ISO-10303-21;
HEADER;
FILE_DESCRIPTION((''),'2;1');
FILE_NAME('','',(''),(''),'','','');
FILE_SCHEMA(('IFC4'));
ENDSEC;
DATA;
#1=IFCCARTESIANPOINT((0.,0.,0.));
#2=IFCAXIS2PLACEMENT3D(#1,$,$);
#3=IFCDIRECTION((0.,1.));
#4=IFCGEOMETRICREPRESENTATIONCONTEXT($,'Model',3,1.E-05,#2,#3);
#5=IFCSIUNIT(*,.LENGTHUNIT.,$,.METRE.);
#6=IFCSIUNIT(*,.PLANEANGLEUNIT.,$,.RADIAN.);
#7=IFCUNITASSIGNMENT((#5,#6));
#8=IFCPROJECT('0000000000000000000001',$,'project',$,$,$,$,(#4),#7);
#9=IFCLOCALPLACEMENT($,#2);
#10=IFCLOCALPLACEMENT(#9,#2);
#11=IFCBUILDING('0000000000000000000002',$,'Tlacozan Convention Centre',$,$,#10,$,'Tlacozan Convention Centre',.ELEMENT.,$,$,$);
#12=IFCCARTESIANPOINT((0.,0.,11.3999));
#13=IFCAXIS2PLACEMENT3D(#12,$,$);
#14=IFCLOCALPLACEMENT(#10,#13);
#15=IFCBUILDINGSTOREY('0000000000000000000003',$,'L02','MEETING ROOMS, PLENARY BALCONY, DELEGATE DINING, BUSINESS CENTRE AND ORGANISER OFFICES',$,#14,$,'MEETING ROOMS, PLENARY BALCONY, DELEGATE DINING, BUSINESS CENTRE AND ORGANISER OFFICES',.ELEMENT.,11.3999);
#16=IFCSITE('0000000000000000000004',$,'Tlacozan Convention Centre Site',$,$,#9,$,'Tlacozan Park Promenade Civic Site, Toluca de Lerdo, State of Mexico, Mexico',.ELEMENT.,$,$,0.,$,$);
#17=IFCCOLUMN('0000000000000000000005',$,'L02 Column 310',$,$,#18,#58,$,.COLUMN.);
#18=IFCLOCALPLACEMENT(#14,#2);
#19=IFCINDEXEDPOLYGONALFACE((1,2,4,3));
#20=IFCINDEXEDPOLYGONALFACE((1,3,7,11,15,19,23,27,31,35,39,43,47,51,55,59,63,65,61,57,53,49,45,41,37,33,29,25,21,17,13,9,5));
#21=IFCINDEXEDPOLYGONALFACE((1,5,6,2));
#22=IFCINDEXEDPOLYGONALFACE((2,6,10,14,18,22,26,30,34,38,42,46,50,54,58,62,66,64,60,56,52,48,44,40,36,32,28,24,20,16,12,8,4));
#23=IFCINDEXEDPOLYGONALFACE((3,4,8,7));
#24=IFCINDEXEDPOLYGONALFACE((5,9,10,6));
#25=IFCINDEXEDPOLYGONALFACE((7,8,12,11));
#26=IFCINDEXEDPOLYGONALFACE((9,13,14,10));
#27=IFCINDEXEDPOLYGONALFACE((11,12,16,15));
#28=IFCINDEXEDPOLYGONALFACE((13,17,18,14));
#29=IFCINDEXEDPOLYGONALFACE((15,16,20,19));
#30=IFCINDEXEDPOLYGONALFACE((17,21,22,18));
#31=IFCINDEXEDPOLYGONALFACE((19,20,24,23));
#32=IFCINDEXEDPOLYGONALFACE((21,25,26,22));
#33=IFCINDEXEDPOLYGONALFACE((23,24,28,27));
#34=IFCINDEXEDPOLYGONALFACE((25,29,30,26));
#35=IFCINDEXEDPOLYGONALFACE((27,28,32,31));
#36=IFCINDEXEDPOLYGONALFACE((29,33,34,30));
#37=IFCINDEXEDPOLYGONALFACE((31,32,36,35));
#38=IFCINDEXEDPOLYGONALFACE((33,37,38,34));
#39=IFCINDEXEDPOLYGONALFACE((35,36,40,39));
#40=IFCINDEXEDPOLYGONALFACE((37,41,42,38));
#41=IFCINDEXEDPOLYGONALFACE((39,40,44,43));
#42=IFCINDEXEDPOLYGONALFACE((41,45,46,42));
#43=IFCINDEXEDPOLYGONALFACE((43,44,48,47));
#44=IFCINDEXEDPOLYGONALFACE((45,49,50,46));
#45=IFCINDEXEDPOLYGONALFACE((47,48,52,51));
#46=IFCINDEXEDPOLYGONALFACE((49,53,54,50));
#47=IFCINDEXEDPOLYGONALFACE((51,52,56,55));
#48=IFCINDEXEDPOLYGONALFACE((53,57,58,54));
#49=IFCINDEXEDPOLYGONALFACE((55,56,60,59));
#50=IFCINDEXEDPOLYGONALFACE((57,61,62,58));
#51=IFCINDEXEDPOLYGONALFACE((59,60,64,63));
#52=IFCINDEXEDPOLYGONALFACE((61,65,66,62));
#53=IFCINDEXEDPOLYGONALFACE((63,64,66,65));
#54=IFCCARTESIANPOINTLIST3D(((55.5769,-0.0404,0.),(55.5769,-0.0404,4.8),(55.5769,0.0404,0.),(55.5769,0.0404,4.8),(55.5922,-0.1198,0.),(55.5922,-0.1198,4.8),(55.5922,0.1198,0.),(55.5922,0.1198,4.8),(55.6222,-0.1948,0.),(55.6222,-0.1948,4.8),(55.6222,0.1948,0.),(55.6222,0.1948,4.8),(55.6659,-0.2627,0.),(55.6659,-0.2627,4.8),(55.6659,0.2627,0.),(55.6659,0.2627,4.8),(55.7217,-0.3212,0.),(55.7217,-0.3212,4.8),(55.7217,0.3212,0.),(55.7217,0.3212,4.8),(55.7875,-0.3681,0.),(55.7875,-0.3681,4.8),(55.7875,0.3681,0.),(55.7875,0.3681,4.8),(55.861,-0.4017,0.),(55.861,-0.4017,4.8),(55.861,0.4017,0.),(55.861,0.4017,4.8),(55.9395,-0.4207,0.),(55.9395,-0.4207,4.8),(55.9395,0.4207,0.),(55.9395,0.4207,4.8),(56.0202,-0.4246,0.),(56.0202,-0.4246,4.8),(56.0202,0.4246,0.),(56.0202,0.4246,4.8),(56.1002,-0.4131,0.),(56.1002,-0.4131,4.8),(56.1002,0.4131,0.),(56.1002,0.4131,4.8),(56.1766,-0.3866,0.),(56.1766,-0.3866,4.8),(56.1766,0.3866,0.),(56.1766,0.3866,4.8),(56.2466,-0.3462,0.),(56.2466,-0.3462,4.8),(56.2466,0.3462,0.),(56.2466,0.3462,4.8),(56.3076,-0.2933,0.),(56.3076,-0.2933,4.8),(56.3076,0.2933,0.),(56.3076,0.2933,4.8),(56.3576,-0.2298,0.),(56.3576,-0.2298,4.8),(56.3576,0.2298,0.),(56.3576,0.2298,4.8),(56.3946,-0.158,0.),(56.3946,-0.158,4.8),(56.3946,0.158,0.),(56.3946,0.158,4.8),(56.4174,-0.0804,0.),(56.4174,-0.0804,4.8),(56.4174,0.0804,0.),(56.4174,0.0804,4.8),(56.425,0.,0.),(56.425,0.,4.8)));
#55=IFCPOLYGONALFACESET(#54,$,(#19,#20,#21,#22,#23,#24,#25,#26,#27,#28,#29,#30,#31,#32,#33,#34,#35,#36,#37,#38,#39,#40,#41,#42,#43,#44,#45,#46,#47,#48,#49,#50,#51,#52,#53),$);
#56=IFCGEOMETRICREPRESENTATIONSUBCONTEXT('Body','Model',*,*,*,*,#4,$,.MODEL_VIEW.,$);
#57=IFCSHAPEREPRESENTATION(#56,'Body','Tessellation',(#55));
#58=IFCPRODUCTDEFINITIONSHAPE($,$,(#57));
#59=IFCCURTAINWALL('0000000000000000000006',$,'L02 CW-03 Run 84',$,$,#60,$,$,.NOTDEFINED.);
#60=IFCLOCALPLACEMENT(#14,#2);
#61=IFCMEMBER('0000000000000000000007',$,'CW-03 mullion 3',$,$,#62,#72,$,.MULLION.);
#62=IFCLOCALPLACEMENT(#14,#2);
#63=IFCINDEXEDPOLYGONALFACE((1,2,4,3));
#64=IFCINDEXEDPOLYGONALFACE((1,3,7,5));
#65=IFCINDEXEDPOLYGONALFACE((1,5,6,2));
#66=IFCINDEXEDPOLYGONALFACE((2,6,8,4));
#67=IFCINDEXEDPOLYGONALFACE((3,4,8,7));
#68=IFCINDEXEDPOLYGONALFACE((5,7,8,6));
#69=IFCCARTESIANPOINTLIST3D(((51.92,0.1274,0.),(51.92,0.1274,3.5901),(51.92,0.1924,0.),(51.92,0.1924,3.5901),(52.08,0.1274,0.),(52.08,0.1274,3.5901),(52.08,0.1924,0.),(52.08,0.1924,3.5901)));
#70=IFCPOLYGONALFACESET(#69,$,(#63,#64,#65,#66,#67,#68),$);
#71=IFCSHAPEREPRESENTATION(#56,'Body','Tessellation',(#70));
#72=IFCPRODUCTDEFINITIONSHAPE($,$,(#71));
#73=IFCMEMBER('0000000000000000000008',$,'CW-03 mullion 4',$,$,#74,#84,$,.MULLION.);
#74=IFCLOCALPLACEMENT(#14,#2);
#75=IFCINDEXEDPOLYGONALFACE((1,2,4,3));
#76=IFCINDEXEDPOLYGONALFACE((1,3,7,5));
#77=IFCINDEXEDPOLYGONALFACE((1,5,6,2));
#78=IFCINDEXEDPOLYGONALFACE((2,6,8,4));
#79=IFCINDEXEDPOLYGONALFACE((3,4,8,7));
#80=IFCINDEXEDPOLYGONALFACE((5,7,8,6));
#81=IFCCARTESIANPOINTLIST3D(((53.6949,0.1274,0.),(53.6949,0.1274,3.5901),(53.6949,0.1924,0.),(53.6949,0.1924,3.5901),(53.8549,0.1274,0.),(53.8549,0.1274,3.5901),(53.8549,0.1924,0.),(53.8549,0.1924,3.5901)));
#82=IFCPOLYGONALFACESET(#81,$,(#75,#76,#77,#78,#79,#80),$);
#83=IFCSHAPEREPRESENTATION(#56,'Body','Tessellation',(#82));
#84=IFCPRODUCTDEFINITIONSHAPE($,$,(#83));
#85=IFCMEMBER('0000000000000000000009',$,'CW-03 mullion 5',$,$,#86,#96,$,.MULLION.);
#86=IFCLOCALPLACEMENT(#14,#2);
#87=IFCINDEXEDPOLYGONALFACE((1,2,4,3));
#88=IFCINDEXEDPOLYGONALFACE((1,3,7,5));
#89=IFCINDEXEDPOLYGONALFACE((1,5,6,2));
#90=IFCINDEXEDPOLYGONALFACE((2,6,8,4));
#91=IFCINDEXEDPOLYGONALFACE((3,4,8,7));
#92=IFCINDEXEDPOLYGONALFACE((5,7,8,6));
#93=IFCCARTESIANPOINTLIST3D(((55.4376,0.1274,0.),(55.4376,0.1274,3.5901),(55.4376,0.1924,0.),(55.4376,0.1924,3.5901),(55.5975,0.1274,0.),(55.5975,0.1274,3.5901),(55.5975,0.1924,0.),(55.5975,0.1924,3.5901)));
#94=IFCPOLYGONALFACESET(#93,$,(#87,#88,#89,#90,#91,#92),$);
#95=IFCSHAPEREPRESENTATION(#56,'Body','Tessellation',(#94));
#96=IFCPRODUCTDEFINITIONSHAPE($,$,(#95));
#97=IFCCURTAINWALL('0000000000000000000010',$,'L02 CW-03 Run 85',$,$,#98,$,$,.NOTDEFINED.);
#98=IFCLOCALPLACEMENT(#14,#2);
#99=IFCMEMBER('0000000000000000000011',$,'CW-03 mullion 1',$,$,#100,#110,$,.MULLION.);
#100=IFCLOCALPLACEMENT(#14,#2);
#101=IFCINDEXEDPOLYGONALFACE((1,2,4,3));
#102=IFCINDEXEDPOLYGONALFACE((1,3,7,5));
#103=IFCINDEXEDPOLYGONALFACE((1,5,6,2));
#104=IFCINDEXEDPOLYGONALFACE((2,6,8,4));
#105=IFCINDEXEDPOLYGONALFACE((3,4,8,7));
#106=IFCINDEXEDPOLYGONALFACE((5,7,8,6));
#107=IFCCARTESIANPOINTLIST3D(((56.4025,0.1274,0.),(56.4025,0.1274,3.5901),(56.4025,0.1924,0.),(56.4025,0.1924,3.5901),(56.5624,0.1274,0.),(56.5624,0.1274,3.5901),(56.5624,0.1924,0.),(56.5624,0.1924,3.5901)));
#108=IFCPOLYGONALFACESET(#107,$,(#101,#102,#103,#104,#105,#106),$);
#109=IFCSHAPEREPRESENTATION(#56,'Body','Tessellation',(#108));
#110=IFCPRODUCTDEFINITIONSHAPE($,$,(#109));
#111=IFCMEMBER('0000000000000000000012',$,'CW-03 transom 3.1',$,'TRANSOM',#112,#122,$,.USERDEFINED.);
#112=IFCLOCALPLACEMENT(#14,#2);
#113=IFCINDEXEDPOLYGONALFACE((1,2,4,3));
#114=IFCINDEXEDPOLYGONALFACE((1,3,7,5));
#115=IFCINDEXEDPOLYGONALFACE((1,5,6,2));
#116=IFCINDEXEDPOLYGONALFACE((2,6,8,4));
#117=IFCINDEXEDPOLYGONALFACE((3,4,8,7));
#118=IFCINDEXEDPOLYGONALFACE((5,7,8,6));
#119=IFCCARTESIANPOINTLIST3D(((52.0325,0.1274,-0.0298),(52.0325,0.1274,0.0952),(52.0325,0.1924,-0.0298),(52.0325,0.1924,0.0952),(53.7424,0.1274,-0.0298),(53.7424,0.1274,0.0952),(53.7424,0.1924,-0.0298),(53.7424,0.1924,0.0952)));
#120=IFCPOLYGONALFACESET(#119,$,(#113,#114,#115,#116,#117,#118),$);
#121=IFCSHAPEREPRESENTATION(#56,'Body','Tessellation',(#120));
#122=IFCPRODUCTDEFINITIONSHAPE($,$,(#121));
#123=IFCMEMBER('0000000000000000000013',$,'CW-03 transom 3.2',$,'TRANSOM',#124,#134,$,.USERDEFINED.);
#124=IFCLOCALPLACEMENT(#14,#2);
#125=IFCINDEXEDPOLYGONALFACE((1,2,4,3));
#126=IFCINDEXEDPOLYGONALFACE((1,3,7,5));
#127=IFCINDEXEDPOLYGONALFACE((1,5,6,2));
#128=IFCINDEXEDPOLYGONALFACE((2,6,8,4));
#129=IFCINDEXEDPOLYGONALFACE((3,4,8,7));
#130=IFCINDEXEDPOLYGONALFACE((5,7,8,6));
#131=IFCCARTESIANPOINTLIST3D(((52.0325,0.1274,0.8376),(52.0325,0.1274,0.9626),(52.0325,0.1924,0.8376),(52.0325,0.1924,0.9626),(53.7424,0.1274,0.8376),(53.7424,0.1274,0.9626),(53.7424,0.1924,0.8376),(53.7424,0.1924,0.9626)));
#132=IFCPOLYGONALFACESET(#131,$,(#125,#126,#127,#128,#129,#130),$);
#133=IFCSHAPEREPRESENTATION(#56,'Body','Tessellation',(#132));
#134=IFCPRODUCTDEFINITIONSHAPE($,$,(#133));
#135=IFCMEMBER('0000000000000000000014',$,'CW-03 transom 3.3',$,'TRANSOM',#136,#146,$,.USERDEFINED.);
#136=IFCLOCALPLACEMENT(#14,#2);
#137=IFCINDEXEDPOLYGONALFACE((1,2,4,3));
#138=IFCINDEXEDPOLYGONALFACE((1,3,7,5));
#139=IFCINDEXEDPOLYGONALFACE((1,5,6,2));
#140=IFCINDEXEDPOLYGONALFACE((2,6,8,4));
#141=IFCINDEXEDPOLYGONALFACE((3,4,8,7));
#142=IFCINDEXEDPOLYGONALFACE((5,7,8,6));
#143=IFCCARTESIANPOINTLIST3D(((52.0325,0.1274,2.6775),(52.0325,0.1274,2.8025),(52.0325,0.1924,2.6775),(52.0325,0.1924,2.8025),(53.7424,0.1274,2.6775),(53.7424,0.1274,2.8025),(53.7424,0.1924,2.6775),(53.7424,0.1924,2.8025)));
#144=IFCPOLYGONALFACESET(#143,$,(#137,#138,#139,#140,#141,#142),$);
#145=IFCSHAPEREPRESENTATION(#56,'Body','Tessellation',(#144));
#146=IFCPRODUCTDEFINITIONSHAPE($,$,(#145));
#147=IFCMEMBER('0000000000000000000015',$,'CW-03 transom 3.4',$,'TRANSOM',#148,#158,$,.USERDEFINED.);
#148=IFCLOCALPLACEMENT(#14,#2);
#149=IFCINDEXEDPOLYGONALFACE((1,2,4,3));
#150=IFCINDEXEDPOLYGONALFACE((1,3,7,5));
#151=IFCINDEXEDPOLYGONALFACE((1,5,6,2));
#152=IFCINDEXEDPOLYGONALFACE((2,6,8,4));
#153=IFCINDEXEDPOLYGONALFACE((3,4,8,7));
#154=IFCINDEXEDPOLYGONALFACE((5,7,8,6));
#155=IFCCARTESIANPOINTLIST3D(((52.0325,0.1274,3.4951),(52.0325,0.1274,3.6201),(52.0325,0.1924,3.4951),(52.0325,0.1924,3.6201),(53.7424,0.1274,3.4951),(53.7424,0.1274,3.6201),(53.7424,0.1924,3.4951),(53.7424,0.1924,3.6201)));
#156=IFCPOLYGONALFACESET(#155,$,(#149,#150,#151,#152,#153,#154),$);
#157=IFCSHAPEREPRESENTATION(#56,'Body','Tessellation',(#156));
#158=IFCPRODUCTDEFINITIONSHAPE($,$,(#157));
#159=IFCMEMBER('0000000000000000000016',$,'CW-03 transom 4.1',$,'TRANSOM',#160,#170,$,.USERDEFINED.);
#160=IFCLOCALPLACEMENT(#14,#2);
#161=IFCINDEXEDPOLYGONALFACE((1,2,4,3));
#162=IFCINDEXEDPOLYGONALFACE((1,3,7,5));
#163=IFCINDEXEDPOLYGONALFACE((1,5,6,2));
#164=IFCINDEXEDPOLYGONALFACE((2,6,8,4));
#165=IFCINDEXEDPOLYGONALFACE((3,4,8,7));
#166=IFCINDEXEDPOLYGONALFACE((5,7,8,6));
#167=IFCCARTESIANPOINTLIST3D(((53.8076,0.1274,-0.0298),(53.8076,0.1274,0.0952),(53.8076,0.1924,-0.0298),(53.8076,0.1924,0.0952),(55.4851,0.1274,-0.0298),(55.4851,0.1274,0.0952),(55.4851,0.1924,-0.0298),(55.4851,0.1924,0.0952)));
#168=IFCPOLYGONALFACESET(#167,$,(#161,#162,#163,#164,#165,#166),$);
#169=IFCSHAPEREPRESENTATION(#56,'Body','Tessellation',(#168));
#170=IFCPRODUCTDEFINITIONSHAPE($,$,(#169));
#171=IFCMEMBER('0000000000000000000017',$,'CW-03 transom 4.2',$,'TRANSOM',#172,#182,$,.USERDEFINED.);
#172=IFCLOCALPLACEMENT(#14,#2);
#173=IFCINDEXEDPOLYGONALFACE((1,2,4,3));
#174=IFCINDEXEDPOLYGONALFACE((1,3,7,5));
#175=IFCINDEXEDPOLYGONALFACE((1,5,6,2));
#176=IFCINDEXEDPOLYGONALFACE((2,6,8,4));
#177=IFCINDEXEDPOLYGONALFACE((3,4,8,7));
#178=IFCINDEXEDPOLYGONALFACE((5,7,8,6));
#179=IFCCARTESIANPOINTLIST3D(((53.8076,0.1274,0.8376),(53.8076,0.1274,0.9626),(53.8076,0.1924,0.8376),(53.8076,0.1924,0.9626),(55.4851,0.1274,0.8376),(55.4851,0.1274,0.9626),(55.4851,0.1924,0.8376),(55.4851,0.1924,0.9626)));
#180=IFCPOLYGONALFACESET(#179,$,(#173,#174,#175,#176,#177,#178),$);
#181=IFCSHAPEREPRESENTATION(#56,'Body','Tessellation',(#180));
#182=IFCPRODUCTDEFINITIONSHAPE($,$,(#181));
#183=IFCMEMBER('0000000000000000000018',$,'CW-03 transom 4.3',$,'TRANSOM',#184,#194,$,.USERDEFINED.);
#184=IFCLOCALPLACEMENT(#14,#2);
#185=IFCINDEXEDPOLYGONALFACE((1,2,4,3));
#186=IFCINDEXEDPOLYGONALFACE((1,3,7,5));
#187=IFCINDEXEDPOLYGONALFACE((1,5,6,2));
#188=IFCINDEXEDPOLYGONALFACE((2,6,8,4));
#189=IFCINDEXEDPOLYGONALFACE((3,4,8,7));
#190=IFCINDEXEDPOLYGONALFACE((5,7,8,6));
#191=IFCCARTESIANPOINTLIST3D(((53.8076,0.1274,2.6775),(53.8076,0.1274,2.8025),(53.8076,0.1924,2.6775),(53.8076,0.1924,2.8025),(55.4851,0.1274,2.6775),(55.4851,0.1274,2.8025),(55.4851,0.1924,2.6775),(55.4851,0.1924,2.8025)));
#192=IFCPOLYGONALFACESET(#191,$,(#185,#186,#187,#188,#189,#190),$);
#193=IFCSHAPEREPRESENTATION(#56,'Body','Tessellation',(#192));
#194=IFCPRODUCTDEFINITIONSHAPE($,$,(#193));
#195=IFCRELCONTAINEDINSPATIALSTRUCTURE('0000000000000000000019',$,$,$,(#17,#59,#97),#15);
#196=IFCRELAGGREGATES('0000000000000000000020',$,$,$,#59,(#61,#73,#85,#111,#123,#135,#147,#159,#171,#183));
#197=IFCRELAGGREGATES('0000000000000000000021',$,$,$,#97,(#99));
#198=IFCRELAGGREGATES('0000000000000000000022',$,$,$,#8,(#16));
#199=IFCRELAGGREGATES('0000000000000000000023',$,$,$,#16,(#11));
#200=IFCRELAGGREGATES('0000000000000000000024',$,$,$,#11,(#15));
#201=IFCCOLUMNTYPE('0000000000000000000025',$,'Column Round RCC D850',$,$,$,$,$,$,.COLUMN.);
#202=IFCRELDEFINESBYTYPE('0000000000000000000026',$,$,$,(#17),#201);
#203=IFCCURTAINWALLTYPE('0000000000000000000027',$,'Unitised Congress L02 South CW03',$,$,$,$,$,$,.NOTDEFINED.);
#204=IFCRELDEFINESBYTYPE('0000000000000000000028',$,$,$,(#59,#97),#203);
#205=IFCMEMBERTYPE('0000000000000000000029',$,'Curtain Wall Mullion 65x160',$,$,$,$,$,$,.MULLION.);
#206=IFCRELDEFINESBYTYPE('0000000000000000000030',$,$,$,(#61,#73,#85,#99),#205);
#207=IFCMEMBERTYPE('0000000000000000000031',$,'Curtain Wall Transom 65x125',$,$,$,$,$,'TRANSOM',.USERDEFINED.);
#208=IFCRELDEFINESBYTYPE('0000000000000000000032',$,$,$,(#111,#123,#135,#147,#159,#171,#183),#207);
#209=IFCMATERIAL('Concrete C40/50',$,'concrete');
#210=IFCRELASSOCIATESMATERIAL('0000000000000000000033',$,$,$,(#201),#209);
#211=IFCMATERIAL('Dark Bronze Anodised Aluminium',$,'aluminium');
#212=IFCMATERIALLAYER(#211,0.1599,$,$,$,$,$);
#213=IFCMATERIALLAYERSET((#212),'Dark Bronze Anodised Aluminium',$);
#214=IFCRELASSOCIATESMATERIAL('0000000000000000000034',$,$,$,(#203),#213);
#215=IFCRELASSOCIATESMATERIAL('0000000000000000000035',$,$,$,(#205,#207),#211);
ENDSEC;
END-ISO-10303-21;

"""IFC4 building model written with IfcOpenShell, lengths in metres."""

from ifc_helpers import new_model, si_unit, direction, frame, origin, origin_2d, place, context, subcontext, project, spatial, rectangle, circle, extrude, material, layer, layer_set, material_profile, profile_set, type_object, element, aggregate, save


model = new_model("IFC4")

# Units and contexts
model_context = context("Model", 3, precision=1e-05, world=origin(), true_north=direction((0.0, 1.0)))
body_context = subcontext(model_context, "Body", "Model", "MODEL_VIEW")
ifc_project = project(units=[si_unit("LENGTHUNIT", "METRE"), si_unit("PLANEANGLEUNIT", "RADIAN")], contexts=[model_context])

# Site, building, storey
site_placement = place(None, origin())
site = spatial("IfcSite", under=ifc_project, at=site_placement, Name="Tlacozan Convention Centre Site", LongName="Tlacozan Park Promenade Civic Site, Toluca de Lerdo, State of Mexico, Mexico", CompositionType="ELEMENT", RefElevation=0.0)
building_placement = place(site_placement, origin())
building = spatial("IfcBuilding", under=site, at=building_placement, Name="Tlacozan Convention Centre", LongName="Tlacozan Convention Centre", CompositionType="ELEMENT")
storey_placement = place(building_placement, frame((0.0, 0.0, 11.3999)))
storey = spatial("IfcBuildingStorey", under=building, at=storey_placement, Name="L02", Description="MEETING ROOMS, PLENARY BALCONY, DELEGATE DINING, BUSINESS CENTRE AND ORGANISER OFFICES", LongName="MEETING ROOMS, PLENARY BALCONY, DELEGATE DINING, BUSINESS CENTRE AND ORGANISER OFFICES", CompositionType="ELEMENT", Elevation=11.3999)

# Column
ifc_material_1 = material(Name="Concrete C40/50", Category="concrete")
ifc_material_profile_1 = material_profile(ifc_material_1, circle(Radius=0.425, at=origin_2d()), Name="RCC D850")
ifc_profile_set_1 = profile_set([ifc_material_profile_1], Name="Concrete C40/50")
column_type = type_object("IfcColumnType", Name="Column Round RCC D850", PredefinedType="COLUMN", material=ifc_profile_set_1)
column_placement = place(storey_placement, frame((56.0, 0.0, 0.0), z_axis=(0.0, 0.0, 1.0), x_axis=(1.0, 0.0, 0.0)))
element("IfcColumn", 1, at=column_placement, inside=storey, type_object=column_type, Name="L02 Column 310", PredefinedType="COLUMN", context=body_context, shape_type="SweptSolid", body=[
    extrude(circle(Radius=0.425, at=origin_2d()), origin(), (0.0, 0.0, 1.0), 4.8),
])

# Curtain wall, members
ifc_material_2 = material(Name="Dark Bronze Anodised Aluminium", Category="aluminium")
ifc_layer_1 = layer(ifc_material_2, 0.1599)
ifc_layer_set_1 = layer_set([ifc_layer_1], Name="Dark Bronze Anodised Aluminium")
curtain_wall_type = type_object("IfcCurtainWallType", Name="Unitised Congress L02 South CW03", PredefinedType="NOTDEFINED", material=ifc_layer_set_1)
curtain_wall_1_placement = place(storey_placement, origin())
curtain_wall_1 = element("IfcCurtainWall", 2, at=curtain_wall_1_placement, inside=storey, type_object=curtain_wall_type, Name="L02 CW-03 Run 84", PredefinedType="NOTDEFINED")
ifc_material_profile_2 = material_profile(ifc_material_2, rectangle(XDim=0.0649, YDim=0.1599, at=origin_2d()), Name="ALU 65x160")
ifc_profile_set_2 = profile_set([ifc_material_profile_2], Name="Dark Bronze Anodised Aluminium")
member_type_1 = type_object("IfcMemberType", Name="Curtain Wall Mullion 65x160", PredefinedType="MULLION", material=ifc_profile_set_2)
member_1_placement = place(storey_placement, frame((52.0, 0.1599, 0.0), z_axis=(0.0, 0.0, 1.0), x_axis=(0.0, 1.0, 0.0)))
member_1 = element("IfcMember", 3, at=member_1_placement, type_object=member_type_1, Name="CW-03 mullion 3", PredefinedType="MULLION", context=body_context, shape_type="SweptSolid", body=[
    extrude(rectangle(XDim=0.0649, YDim=0.1599, at=origin_2d()), origin(), (0.0, 0.0, 1.0), 3.5901),
])
member_2_placement = place(storey_placement, frame((53.7749, 0.1599, 0.0), z_axis=(0.0, 0.0, 1.0), x_axis=(0.0, 1.0, 0.0)))
member_2 = element("IfcMember", 4, at=member_2_placement, type_object=member_type_1, Name="CW-03 mullion 4", PredefinedType="MULLION", context=body_context, shape_type="SweptSolid", body=[
    extrude(rectangle(XDim=0.0649, YDim=0.1599, at=origin_2d()), origin(), (0.0, 0.0, 1.0), 3.5901),
])
member_3_placement = place(storey_placement, frame((55.5176, 0.1599, 0.0), z_axis=(0.0, 0.0, 1.0), x_axis=(0.0, 1.0, 0.0)))
member_3 = element("IfcMember", 5, at=member_3_placement, type_object=member_type_1, Name="CW-03 mullion 5", PredefinedType="MULLION", context=body_context, shape_type="SweptSolid", body=[
    extrude(rectangle(XDim=0.0649, YDim=0.1599, at=origin_2d()), origin(), (0.0, 0.0, 1.0), 3.5901),
])

# Curtain wall, member
curtain_wall_2_placement = place(storey_placement, origin())
curtain_wall_2 = element("IfcCurtainWall", 6, at=curtain_wall_2_placement, inside=storey, type_object=curtain_wall_type, Name="L02 CW-03 Run 85", PredefinedType="NOTDEFINED")
member_4_placement = place(storey_placement, frame((56.4824, 0.1599, 0.0), z_axis=(0.0, 0.0, 1.0), x_axis=(0.0, 1.0, 0.0)))
member_4 = element("IfcMember", 7, at=member_4_placement, type_object=member_type_1, Name="CW-03 mullion 1", PredefinedType="MULLION", context=body_context, shape_type="SweptSolid", body=[
    extrude(rectangle(XDim=0.0649, YDim=0.1599, at=origin_2d()), origin(), (0.0, 0.0, 1.0), 3.5901),
])

# Members
ifc_material_profile_3 = material_profile(ifc_material_2, rectangle(XDim=0.0649, YDim=0.125, at=origin_2d()), Name="ALU 65x125")
ifc_profile_set_3 = profile_set([ifc_material_profile_3], Name="Dark Bronze Anodised Aluminium")
member_type_2 = type_object("IfcMemberType", Name="Curtain Wall Transom 65x125", ElementType="TRANSOM", PredefinedType="USERDEFINED", material=ifc_profile_set_3)
member_5_placement = place(storey_placement, frame((52.0325, 0.1599, 0.0327), z_axis=(1.0, 0.0, 0.0), x_axis=(0.0, 1.0, 0.0)))
member_5 = element("IfcMember", 8, at=member_5_placement, type_object=member_type_2, Name="CW-03 transom 3.1", ObjectType="TRANSOM", PredefinedType="USERDEFINED", context=body_context, shape_type="SweptSolid", body=[
    extrude(rectangle(XDim=0.0649, YDim=0.125, at=origin_2d()), origin(), (0.0, 0.0, 1.0), 1.71),
])
member_6_placement = place(storey_placement, frame((52.0325, 0.1599, 0.9001), z_axis=(1.0, 0.0, 0.0), x_axis=(0.0, 1.0, 0.0)))
member_6 = element("IfcMember", 9, at=member_6_placement, type_object=member_type_2, Name="CW-03 transom 3.2", ObjectType="TRANSOM", PredefinedType="USERDEFINED", context=body_context, shape_type="SweptSolid", body=[
    extrude(rectangle(XDim=0.0649, YDim=0.125, at=origin_2d()), origin(), (0.0, 0.0, 1.0), 1.71),
])
member_7_placement = place(storey_placement, frame((52.0325, 0.1599, 2.74), z_axis=(1.0, 0.0, 0.0), x_axis=(0.0, 1.0, 0.0)))
member_7 = element("IfcMember", 10, at=member_7_placement, type_object=member_type_2, Name="CW-03 transom 3.3", ObjectType="TRANSOM", PredefinedType="USERDEFINED", context=body_context, shape_type="SweptSolid", body=[
    extrude(rectangle(XDim=0.0649, YDim=0.125, at=origin_2d()), origin(), (0.0, 0.0, 1.0), 1.71),
])
member_8_placement = place(storey_placement, frame((52.0325, 0.1599, 3.5576), z_axis=(1.0, 0.0, 0.0), x_axis=(0.0, 1.0, 0.0)))
member_8 = element("IfcMember", 11, at=member_8_placement, type_object=member_type_2, Name="CW-03 transom 3.4", ObjectType="TRANSOM", PredefinedType="USERDEFINED", context=body_context, shape_type="SweptSolid", body=[
    extrude(rectangle(XDim=0.0649, YDim=0.125, at=origin_2d()), origin(), (0.0, 0.0, 1.0), 1.71),
])
member_9_placement = place(storey_placement, frame((53.8076, 0.1599, 0.0327), z_axis=(1.0, 0.0, 0.0), x_axis=(0.0, 1.0, 0.0)))
member_9 = element("IfcMember", 12, at=member_9_placement, type_object=member_type_2, Name="CW-03 transom 4.1", ObjectType="TRANSOM", PredefinedType="USERDEFINED", context=body_context, shape_type="SweptSolid", body=[
    extrude(rectangle(XDim=0.0649, YDim=0.125, at=origin_2d()), origin(), (0.0, 0.0, 1.0), 1.6775),
])
member_10_placement = place(storey_placement, frame((53.8076, 0.1599, 0.9001), z_axis=(1.0, 0.0, 0.0), x_axis=(0.0, 1.0, 0.0)))
member_10 = element("IfcMember", 13, at=member_10_placement, type_object=member_type_2, Name="CW-03 transom 4.2", ObjectType="TRANSOM", PredefinedType="USERDEFINED", context=body_context, shape_type="SweptSolid", body=[
    extrude(rectangle(XDim=0.0649, YDim=0.125, at=origin_2d()), origin(), (0.0, 0.0, 1.0), 1.6775),
])
member_11_placement = place(storey_placement, frame((53.8076, 0.1599, 2.74), z_axis=(1.0, 0.0, 0.0), x_axis=(0.0, 1.0, 0.0)))
member_11 = element("IfcMember", 14, at=member_11_placement, type_object=member_type_2, Name="CW-03 transom 4.3", ObjectType="TRANSOM", PredefinedType="USERDEFINED", context=body_context, shape_type="SweptSolid", body=[
    extrude(rectangle(XDim=0.0649, YDim=0.125, at=origin_2d()), origin(), (0.0, 0.0, 1.0), 1.6775),
])

aggregate(curtain_wall_1, [member_1, member_2, member_3, member_5, member_6, member_7, member_8, member_9, member_10, member_11])
aggregate(curtain_wall_2, [member_4])

save(model, "model.ifc")
